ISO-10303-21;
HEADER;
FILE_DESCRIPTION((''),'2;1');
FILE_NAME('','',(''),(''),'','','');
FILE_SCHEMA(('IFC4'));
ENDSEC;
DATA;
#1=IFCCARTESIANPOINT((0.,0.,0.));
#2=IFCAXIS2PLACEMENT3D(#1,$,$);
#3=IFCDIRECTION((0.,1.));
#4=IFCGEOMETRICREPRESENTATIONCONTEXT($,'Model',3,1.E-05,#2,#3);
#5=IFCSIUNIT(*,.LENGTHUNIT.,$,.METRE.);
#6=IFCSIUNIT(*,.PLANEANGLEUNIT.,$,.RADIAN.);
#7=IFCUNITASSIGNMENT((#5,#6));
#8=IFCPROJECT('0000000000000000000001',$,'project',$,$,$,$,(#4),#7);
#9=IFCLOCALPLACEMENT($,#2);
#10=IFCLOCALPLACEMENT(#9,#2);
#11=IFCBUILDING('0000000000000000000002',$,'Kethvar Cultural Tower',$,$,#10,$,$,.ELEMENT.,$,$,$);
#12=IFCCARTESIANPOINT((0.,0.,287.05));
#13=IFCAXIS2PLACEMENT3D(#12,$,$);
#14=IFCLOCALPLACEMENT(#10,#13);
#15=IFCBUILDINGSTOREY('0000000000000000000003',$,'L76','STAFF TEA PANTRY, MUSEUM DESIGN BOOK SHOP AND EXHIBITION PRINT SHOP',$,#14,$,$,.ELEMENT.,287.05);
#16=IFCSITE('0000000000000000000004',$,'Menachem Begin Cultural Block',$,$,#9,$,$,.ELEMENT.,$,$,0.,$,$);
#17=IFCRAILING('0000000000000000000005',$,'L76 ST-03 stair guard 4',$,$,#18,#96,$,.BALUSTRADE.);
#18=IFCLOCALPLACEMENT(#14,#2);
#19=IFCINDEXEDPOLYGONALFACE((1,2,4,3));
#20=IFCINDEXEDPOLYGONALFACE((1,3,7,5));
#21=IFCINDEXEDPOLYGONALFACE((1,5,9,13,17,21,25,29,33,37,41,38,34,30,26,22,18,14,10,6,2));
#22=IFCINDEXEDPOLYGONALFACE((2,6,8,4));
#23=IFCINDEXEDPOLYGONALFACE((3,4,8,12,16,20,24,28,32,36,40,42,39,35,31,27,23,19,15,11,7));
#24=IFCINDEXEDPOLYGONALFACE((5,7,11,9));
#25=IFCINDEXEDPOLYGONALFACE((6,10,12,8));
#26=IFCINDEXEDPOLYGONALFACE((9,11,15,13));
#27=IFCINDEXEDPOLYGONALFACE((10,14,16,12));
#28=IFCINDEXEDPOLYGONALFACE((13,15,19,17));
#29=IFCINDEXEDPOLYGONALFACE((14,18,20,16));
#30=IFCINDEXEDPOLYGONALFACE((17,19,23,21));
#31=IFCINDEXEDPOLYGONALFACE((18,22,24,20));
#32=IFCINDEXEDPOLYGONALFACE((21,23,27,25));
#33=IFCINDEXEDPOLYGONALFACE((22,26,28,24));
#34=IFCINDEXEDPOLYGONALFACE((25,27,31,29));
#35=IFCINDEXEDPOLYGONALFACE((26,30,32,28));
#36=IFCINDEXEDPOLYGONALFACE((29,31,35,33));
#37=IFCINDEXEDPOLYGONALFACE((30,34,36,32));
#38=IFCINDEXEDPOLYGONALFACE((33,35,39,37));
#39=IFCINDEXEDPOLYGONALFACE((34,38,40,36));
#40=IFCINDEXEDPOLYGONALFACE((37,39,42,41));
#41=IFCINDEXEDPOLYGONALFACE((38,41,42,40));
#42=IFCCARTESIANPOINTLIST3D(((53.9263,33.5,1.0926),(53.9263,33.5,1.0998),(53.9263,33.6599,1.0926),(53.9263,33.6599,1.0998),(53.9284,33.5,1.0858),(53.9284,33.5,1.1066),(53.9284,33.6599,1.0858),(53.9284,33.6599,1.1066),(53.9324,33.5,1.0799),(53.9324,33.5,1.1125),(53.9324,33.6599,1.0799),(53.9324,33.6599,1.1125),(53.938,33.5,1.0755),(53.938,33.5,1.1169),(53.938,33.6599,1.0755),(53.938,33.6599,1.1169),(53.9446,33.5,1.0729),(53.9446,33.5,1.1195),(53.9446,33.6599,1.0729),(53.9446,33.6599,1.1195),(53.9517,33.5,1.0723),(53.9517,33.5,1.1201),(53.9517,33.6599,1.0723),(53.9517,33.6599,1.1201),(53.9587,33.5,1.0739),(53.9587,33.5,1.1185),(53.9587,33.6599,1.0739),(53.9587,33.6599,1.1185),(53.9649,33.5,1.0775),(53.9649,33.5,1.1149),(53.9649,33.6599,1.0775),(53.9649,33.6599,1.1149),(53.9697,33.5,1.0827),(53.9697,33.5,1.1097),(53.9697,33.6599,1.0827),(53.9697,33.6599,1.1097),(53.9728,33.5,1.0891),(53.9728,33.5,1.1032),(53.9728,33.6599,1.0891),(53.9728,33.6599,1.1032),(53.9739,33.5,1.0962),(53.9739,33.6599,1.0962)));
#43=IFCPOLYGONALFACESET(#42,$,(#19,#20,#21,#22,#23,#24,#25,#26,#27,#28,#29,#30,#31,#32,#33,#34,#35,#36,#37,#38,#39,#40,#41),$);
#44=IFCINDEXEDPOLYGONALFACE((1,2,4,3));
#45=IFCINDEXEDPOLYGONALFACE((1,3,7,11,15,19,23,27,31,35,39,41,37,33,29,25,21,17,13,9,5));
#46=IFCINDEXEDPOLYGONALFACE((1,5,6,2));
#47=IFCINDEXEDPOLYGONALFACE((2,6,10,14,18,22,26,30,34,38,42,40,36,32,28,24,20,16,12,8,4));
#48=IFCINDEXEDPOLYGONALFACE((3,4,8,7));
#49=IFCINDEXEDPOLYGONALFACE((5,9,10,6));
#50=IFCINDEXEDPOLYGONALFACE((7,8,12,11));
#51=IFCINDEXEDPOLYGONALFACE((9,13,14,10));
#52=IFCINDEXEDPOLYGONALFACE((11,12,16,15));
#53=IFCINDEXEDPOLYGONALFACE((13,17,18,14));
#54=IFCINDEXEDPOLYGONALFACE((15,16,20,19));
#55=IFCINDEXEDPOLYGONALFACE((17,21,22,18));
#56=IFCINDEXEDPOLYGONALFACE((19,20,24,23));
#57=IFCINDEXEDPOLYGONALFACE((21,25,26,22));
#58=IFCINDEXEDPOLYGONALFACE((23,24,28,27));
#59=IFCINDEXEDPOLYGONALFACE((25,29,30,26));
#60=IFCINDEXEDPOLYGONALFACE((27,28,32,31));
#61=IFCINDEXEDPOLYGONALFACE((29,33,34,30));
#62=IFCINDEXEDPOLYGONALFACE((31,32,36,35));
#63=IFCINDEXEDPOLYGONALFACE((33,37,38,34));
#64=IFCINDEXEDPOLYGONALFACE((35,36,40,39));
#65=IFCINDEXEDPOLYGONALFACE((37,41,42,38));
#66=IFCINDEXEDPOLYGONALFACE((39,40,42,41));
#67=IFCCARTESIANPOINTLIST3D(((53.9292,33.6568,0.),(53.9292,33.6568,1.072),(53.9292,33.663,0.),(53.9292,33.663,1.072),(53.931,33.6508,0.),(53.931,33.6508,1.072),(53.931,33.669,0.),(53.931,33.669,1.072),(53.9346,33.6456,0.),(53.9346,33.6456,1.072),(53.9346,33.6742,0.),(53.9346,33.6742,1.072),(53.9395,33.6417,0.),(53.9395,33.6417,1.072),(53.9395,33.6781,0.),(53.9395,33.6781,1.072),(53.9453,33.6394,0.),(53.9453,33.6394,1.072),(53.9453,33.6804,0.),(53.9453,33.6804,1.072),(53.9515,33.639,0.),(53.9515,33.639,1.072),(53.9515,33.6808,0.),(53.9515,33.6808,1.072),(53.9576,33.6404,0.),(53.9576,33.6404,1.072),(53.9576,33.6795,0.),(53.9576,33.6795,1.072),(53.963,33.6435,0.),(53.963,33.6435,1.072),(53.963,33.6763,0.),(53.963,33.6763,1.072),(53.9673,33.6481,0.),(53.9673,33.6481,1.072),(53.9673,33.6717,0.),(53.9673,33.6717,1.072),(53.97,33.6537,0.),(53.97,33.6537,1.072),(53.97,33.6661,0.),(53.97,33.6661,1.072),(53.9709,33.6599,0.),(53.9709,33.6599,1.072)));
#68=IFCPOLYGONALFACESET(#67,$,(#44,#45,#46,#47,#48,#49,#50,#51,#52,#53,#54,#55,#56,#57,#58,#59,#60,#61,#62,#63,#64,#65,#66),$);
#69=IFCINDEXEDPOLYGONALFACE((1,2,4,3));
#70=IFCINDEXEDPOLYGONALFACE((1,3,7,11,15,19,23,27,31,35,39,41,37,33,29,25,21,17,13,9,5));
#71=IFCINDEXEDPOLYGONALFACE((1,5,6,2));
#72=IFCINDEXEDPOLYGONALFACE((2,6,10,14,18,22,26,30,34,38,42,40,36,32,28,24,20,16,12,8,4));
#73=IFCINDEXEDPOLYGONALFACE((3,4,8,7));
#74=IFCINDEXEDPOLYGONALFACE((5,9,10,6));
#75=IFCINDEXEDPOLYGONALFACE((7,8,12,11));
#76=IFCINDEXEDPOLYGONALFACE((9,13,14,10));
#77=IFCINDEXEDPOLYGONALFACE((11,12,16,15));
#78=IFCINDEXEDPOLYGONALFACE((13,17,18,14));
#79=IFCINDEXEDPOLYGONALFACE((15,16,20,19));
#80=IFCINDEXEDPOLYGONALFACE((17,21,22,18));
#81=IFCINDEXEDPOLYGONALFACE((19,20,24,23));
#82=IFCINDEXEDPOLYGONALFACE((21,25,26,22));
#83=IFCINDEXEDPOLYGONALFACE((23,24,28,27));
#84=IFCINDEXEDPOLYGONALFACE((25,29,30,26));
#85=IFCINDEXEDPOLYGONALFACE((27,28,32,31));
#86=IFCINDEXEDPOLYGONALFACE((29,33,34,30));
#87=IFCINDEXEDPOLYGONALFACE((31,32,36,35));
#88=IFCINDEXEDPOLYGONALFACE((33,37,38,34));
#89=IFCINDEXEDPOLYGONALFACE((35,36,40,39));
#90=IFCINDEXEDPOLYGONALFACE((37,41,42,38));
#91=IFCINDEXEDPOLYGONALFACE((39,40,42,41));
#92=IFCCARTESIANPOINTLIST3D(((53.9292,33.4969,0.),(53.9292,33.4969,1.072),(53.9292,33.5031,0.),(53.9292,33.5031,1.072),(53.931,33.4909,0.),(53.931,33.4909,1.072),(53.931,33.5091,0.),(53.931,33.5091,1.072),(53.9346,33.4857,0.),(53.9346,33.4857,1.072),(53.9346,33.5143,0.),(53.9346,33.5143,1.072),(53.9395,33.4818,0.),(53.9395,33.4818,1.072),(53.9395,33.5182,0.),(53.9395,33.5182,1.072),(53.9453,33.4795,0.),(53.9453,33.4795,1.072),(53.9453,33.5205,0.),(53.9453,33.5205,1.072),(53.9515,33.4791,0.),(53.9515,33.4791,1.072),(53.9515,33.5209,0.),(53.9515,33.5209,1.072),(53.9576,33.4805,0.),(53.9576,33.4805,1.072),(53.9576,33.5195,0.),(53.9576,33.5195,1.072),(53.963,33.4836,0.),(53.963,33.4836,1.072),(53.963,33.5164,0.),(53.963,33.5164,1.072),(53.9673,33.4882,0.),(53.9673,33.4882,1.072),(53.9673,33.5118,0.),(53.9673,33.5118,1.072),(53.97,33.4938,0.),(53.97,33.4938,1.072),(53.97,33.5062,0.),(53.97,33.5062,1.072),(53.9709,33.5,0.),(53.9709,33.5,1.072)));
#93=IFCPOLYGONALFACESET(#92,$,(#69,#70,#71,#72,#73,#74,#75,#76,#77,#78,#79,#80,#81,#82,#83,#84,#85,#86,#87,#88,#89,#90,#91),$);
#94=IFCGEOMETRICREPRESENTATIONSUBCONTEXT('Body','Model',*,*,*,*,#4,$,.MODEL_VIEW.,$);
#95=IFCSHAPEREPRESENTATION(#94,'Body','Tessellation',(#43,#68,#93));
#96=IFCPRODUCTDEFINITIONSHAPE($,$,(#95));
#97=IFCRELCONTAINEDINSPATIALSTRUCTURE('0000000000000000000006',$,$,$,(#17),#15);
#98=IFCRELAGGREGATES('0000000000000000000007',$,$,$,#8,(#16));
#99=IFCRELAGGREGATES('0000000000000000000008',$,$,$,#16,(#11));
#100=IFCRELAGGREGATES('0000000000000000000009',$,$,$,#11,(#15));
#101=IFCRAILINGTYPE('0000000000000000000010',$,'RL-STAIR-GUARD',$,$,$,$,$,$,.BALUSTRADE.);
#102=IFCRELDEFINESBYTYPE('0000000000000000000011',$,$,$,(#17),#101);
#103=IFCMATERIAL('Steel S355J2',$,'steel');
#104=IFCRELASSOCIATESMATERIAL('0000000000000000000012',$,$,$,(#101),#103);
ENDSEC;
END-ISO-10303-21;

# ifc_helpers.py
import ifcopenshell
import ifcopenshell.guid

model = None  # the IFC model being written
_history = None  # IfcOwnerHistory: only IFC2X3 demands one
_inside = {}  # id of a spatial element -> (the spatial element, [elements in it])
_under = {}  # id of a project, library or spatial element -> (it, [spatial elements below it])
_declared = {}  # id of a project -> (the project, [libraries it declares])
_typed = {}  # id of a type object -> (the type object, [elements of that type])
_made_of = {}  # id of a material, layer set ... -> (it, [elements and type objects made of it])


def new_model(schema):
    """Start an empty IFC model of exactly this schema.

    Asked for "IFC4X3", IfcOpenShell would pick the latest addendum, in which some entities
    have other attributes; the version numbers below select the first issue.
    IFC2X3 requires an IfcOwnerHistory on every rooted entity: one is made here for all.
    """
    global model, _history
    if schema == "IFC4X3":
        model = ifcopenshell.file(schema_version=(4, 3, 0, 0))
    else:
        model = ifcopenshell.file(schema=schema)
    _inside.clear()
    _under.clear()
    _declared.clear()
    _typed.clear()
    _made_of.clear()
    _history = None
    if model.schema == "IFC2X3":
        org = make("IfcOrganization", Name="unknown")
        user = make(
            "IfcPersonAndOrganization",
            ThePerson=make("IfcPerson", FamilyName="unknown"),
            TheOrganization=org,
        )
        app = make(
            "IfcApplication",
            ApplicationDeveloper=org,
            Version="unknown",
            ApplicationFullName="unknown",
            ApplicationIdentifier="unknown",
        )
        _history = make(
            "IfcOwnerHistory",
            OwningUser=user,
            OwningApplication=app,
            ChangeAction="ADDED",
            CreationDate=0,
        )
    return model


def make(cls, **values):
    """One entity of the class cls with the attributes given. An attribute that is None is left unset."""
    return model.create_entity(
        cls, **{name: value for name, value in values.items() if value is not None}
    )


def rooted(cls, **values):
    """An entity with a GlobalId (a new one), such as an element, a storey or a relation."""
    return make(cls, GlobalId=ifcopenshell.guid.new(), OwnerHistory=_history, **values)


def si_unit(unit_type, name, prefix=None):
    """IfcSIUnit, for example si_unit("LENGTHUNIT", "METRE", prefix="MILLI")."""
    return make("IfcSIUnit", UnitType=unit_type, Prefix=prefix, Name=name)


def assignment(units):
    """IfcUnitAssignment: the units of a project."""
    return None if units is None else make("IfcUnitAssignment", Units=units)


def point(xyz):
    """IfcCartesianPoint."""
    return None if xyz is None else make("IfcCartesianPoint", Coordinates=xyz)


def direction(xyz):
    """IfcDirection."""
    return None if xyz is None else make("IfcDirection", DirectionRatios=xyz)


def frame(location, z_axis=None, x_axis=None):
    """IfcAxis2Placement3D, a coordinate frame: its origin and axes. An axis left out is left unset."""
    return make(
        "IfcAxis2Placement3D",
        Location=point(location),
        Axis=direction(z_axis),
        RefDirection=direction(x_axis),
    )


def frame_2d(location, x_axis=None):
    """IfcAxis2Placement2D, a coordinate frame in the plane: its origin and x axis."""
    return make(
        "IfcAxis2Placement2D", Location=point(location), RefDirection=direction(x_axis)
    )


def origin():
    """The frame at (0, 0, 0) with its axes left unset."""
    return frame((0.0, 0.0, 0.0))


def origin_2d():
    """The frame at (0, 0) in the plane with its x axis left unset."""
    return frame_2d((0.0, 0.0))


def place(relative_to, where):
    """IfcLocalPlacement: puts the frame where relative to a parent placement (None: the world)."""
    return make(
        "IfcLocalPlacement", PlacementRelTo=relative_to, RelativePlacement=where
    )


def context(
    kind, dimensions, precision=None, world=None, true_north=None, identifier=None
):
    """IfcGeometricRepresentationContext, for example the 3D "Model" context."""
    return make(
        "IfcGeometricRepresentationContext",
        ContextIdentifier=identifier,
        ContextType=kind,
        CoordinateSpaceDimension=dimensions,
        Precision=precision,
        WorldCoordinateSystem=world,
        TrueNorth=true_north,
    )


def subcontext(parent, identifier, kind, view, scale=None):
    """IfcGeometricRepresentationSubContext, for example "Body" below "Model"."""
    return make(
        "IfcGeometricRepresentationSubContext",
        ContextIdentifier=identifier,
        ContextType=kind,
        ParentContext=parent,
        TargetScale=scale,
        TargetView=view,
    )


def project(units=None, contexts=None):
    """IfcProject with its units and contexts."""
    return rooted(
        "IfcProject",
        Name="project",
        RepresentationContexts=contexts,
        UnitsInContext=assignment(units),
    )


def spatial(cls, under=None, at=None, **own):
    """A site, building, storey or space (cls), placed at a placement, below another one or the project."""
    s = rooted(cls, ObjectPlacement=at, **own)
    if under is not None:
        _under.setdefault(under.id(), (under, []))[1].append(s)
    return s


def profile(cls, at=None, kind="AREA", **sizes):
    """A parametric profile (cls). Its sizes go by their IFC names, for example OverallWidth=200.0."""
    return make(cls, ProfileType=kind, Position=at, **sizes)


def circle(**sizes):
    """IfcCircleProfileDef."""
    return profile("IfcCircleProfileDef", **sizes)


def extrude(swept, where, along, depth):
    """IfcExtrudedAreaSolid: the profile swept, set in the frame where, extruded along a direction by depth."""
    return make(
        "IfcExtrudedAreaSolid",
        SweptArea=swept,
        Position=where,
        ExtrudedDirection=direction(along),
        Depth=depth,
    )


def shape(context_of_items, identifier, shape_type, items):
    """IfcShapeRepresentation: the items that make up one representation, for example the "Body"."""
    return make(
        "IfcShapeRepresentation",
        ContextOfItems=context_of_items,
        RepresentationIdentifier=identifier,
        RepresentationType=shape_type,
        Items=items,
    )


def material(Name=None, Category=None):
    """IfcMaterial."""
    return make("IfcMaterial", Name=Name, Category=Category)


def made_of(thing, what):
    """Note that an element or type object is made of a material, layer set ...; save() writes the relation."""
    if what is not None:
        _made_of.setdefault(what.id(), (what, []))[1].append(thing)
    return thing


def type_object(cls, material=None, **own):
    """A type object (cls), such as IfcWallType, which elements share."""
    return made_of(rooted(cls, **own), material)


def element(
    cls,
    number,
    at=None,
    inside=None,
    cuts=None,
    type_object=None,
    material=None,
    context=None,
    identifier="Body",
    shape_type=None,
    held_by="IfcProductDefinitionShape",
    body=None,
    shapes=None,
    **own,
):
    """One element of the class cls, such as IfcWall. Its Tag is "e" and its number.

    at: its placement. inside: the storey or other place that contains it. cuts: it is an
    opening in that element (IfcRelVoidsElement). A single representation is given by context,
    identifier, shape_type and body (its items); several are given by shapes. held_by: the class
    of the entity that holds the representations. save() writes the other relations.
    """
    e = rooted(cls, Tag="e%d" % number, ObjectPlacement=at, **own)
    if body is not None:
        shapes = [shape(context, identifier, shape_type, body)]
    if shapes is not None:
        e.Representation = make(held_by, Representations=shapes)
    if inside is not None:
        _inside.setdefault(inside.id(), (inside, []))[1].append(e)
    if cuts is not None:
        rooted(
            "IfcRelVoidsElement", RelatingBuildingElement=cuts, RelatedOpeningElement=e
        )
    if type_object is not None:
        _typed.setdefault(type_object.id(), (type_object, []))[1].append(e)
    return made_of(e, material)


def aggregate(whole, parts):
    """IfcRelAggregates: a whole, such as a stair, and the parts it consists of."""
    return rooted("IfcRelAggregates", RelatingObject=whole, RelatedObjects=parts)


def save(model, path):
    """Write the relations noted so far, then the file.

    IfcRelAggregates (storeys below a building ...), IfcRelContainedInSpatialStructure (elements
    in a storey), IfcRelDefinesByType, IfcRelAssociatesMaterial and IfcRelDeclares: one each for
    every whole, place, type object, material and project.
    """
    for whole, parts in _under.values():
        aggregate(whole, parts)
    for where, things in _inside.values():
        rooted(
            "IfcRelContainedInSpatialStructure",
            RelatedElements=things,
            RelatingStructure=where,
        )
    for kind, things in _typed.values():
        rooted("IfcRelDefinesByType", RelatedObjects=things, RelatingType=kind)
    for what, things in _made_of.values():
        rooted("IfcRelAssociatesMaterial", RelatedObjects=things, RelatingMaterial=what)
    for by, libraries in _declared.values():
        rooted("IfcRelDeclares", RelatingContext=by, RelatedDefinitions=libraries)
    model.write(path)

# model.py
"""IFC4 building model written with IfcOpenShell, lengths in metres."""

from ifc_helpers import new_model, si_unit, direction, frame, origin, origin_2d, place, context, subcontext, project, spatial, circle, extrude, material, type_object, element, save


model = new_model("IFC4")

# Units and contexts
model_context = context("Model", 3, precision=1e-05, world=origin(), true_north=direction((0.0, 1.0)))
body_context = subcontext(model_context, "Body", "Model", "MODEL_VIEW")
ifc_project = project(units=[si_unit("LENGTHUNIT", "METRE"), si_unit("PLANEANGLEUNIT", "RADIAN")], contexts=[model_context])

# Site, building, storey
site_placement = place(None, origin())
site = spatial("IfcSite", under=ifc_project, at=site_placement, Name="Menachem Begin Cultural Block", CompositionType="ELEMENT", RefElevation=0.0)
building_placement = place(site_placement, origin())
building = spatial("IfcBuilding", under=site, at=building_placement, Name="Kethvar Cultural Tower", CompositionType="ELEMENT")
storey_placement = place(building_placement, frame((0.0, 0.0, 287.05)))
storey = spatial("IfcBuildingStorey", under=building, at=storey_placement, Name="L76", Description="STAFF TEA PANTRY, MUSEUM DESIGN BOOK SHOP AND EXHIBITION PRINT SHOP", CompositionType="ELEMENT", Elevation=287.05)

# Shared definitions
ifc_material_1 = material(Name="Steel S355J2", Category="steel")

# Railing
railing_type_1 = type_object("IfcRailingType", Name="RL-STAIR-GUARD", PredefinedType="BALUSTRADE", material=ifc_material_1)
railing_1_placement = place(storey_placement, frame((53.95, 33.6599, 0.0)))
element("IfcRailing", 1, at=railing_1_placement, inside=storey, type_object=railing_type_1, Name="L76 ST-03 stair guard 4", PredefinedType="BALUSTRADE", context=body_context, shape_type="SweptSolid", body=[
    extrude(circle(Radius=0.0239, at=origin_2d()), frame((0.0, 0.0, 1.0962), z_axis=(0.0, -1.0, 0.0), x_axis=(1.0, 0.0, 0.0)), (0.0, 0.0, 1.0), 0.1599),
    extrude(circle(Radius=0.021, at=origin_2d()), origin(), (0.0, 0.0, 1.0), 1.072),
    extrude(circle(Radius=0.021, at=origin_2d()), frame((0.0, -0.1599, 0.0)), (0.0, 0.0, 1.0), 1.072),
])

save(model, "model.ifc")
